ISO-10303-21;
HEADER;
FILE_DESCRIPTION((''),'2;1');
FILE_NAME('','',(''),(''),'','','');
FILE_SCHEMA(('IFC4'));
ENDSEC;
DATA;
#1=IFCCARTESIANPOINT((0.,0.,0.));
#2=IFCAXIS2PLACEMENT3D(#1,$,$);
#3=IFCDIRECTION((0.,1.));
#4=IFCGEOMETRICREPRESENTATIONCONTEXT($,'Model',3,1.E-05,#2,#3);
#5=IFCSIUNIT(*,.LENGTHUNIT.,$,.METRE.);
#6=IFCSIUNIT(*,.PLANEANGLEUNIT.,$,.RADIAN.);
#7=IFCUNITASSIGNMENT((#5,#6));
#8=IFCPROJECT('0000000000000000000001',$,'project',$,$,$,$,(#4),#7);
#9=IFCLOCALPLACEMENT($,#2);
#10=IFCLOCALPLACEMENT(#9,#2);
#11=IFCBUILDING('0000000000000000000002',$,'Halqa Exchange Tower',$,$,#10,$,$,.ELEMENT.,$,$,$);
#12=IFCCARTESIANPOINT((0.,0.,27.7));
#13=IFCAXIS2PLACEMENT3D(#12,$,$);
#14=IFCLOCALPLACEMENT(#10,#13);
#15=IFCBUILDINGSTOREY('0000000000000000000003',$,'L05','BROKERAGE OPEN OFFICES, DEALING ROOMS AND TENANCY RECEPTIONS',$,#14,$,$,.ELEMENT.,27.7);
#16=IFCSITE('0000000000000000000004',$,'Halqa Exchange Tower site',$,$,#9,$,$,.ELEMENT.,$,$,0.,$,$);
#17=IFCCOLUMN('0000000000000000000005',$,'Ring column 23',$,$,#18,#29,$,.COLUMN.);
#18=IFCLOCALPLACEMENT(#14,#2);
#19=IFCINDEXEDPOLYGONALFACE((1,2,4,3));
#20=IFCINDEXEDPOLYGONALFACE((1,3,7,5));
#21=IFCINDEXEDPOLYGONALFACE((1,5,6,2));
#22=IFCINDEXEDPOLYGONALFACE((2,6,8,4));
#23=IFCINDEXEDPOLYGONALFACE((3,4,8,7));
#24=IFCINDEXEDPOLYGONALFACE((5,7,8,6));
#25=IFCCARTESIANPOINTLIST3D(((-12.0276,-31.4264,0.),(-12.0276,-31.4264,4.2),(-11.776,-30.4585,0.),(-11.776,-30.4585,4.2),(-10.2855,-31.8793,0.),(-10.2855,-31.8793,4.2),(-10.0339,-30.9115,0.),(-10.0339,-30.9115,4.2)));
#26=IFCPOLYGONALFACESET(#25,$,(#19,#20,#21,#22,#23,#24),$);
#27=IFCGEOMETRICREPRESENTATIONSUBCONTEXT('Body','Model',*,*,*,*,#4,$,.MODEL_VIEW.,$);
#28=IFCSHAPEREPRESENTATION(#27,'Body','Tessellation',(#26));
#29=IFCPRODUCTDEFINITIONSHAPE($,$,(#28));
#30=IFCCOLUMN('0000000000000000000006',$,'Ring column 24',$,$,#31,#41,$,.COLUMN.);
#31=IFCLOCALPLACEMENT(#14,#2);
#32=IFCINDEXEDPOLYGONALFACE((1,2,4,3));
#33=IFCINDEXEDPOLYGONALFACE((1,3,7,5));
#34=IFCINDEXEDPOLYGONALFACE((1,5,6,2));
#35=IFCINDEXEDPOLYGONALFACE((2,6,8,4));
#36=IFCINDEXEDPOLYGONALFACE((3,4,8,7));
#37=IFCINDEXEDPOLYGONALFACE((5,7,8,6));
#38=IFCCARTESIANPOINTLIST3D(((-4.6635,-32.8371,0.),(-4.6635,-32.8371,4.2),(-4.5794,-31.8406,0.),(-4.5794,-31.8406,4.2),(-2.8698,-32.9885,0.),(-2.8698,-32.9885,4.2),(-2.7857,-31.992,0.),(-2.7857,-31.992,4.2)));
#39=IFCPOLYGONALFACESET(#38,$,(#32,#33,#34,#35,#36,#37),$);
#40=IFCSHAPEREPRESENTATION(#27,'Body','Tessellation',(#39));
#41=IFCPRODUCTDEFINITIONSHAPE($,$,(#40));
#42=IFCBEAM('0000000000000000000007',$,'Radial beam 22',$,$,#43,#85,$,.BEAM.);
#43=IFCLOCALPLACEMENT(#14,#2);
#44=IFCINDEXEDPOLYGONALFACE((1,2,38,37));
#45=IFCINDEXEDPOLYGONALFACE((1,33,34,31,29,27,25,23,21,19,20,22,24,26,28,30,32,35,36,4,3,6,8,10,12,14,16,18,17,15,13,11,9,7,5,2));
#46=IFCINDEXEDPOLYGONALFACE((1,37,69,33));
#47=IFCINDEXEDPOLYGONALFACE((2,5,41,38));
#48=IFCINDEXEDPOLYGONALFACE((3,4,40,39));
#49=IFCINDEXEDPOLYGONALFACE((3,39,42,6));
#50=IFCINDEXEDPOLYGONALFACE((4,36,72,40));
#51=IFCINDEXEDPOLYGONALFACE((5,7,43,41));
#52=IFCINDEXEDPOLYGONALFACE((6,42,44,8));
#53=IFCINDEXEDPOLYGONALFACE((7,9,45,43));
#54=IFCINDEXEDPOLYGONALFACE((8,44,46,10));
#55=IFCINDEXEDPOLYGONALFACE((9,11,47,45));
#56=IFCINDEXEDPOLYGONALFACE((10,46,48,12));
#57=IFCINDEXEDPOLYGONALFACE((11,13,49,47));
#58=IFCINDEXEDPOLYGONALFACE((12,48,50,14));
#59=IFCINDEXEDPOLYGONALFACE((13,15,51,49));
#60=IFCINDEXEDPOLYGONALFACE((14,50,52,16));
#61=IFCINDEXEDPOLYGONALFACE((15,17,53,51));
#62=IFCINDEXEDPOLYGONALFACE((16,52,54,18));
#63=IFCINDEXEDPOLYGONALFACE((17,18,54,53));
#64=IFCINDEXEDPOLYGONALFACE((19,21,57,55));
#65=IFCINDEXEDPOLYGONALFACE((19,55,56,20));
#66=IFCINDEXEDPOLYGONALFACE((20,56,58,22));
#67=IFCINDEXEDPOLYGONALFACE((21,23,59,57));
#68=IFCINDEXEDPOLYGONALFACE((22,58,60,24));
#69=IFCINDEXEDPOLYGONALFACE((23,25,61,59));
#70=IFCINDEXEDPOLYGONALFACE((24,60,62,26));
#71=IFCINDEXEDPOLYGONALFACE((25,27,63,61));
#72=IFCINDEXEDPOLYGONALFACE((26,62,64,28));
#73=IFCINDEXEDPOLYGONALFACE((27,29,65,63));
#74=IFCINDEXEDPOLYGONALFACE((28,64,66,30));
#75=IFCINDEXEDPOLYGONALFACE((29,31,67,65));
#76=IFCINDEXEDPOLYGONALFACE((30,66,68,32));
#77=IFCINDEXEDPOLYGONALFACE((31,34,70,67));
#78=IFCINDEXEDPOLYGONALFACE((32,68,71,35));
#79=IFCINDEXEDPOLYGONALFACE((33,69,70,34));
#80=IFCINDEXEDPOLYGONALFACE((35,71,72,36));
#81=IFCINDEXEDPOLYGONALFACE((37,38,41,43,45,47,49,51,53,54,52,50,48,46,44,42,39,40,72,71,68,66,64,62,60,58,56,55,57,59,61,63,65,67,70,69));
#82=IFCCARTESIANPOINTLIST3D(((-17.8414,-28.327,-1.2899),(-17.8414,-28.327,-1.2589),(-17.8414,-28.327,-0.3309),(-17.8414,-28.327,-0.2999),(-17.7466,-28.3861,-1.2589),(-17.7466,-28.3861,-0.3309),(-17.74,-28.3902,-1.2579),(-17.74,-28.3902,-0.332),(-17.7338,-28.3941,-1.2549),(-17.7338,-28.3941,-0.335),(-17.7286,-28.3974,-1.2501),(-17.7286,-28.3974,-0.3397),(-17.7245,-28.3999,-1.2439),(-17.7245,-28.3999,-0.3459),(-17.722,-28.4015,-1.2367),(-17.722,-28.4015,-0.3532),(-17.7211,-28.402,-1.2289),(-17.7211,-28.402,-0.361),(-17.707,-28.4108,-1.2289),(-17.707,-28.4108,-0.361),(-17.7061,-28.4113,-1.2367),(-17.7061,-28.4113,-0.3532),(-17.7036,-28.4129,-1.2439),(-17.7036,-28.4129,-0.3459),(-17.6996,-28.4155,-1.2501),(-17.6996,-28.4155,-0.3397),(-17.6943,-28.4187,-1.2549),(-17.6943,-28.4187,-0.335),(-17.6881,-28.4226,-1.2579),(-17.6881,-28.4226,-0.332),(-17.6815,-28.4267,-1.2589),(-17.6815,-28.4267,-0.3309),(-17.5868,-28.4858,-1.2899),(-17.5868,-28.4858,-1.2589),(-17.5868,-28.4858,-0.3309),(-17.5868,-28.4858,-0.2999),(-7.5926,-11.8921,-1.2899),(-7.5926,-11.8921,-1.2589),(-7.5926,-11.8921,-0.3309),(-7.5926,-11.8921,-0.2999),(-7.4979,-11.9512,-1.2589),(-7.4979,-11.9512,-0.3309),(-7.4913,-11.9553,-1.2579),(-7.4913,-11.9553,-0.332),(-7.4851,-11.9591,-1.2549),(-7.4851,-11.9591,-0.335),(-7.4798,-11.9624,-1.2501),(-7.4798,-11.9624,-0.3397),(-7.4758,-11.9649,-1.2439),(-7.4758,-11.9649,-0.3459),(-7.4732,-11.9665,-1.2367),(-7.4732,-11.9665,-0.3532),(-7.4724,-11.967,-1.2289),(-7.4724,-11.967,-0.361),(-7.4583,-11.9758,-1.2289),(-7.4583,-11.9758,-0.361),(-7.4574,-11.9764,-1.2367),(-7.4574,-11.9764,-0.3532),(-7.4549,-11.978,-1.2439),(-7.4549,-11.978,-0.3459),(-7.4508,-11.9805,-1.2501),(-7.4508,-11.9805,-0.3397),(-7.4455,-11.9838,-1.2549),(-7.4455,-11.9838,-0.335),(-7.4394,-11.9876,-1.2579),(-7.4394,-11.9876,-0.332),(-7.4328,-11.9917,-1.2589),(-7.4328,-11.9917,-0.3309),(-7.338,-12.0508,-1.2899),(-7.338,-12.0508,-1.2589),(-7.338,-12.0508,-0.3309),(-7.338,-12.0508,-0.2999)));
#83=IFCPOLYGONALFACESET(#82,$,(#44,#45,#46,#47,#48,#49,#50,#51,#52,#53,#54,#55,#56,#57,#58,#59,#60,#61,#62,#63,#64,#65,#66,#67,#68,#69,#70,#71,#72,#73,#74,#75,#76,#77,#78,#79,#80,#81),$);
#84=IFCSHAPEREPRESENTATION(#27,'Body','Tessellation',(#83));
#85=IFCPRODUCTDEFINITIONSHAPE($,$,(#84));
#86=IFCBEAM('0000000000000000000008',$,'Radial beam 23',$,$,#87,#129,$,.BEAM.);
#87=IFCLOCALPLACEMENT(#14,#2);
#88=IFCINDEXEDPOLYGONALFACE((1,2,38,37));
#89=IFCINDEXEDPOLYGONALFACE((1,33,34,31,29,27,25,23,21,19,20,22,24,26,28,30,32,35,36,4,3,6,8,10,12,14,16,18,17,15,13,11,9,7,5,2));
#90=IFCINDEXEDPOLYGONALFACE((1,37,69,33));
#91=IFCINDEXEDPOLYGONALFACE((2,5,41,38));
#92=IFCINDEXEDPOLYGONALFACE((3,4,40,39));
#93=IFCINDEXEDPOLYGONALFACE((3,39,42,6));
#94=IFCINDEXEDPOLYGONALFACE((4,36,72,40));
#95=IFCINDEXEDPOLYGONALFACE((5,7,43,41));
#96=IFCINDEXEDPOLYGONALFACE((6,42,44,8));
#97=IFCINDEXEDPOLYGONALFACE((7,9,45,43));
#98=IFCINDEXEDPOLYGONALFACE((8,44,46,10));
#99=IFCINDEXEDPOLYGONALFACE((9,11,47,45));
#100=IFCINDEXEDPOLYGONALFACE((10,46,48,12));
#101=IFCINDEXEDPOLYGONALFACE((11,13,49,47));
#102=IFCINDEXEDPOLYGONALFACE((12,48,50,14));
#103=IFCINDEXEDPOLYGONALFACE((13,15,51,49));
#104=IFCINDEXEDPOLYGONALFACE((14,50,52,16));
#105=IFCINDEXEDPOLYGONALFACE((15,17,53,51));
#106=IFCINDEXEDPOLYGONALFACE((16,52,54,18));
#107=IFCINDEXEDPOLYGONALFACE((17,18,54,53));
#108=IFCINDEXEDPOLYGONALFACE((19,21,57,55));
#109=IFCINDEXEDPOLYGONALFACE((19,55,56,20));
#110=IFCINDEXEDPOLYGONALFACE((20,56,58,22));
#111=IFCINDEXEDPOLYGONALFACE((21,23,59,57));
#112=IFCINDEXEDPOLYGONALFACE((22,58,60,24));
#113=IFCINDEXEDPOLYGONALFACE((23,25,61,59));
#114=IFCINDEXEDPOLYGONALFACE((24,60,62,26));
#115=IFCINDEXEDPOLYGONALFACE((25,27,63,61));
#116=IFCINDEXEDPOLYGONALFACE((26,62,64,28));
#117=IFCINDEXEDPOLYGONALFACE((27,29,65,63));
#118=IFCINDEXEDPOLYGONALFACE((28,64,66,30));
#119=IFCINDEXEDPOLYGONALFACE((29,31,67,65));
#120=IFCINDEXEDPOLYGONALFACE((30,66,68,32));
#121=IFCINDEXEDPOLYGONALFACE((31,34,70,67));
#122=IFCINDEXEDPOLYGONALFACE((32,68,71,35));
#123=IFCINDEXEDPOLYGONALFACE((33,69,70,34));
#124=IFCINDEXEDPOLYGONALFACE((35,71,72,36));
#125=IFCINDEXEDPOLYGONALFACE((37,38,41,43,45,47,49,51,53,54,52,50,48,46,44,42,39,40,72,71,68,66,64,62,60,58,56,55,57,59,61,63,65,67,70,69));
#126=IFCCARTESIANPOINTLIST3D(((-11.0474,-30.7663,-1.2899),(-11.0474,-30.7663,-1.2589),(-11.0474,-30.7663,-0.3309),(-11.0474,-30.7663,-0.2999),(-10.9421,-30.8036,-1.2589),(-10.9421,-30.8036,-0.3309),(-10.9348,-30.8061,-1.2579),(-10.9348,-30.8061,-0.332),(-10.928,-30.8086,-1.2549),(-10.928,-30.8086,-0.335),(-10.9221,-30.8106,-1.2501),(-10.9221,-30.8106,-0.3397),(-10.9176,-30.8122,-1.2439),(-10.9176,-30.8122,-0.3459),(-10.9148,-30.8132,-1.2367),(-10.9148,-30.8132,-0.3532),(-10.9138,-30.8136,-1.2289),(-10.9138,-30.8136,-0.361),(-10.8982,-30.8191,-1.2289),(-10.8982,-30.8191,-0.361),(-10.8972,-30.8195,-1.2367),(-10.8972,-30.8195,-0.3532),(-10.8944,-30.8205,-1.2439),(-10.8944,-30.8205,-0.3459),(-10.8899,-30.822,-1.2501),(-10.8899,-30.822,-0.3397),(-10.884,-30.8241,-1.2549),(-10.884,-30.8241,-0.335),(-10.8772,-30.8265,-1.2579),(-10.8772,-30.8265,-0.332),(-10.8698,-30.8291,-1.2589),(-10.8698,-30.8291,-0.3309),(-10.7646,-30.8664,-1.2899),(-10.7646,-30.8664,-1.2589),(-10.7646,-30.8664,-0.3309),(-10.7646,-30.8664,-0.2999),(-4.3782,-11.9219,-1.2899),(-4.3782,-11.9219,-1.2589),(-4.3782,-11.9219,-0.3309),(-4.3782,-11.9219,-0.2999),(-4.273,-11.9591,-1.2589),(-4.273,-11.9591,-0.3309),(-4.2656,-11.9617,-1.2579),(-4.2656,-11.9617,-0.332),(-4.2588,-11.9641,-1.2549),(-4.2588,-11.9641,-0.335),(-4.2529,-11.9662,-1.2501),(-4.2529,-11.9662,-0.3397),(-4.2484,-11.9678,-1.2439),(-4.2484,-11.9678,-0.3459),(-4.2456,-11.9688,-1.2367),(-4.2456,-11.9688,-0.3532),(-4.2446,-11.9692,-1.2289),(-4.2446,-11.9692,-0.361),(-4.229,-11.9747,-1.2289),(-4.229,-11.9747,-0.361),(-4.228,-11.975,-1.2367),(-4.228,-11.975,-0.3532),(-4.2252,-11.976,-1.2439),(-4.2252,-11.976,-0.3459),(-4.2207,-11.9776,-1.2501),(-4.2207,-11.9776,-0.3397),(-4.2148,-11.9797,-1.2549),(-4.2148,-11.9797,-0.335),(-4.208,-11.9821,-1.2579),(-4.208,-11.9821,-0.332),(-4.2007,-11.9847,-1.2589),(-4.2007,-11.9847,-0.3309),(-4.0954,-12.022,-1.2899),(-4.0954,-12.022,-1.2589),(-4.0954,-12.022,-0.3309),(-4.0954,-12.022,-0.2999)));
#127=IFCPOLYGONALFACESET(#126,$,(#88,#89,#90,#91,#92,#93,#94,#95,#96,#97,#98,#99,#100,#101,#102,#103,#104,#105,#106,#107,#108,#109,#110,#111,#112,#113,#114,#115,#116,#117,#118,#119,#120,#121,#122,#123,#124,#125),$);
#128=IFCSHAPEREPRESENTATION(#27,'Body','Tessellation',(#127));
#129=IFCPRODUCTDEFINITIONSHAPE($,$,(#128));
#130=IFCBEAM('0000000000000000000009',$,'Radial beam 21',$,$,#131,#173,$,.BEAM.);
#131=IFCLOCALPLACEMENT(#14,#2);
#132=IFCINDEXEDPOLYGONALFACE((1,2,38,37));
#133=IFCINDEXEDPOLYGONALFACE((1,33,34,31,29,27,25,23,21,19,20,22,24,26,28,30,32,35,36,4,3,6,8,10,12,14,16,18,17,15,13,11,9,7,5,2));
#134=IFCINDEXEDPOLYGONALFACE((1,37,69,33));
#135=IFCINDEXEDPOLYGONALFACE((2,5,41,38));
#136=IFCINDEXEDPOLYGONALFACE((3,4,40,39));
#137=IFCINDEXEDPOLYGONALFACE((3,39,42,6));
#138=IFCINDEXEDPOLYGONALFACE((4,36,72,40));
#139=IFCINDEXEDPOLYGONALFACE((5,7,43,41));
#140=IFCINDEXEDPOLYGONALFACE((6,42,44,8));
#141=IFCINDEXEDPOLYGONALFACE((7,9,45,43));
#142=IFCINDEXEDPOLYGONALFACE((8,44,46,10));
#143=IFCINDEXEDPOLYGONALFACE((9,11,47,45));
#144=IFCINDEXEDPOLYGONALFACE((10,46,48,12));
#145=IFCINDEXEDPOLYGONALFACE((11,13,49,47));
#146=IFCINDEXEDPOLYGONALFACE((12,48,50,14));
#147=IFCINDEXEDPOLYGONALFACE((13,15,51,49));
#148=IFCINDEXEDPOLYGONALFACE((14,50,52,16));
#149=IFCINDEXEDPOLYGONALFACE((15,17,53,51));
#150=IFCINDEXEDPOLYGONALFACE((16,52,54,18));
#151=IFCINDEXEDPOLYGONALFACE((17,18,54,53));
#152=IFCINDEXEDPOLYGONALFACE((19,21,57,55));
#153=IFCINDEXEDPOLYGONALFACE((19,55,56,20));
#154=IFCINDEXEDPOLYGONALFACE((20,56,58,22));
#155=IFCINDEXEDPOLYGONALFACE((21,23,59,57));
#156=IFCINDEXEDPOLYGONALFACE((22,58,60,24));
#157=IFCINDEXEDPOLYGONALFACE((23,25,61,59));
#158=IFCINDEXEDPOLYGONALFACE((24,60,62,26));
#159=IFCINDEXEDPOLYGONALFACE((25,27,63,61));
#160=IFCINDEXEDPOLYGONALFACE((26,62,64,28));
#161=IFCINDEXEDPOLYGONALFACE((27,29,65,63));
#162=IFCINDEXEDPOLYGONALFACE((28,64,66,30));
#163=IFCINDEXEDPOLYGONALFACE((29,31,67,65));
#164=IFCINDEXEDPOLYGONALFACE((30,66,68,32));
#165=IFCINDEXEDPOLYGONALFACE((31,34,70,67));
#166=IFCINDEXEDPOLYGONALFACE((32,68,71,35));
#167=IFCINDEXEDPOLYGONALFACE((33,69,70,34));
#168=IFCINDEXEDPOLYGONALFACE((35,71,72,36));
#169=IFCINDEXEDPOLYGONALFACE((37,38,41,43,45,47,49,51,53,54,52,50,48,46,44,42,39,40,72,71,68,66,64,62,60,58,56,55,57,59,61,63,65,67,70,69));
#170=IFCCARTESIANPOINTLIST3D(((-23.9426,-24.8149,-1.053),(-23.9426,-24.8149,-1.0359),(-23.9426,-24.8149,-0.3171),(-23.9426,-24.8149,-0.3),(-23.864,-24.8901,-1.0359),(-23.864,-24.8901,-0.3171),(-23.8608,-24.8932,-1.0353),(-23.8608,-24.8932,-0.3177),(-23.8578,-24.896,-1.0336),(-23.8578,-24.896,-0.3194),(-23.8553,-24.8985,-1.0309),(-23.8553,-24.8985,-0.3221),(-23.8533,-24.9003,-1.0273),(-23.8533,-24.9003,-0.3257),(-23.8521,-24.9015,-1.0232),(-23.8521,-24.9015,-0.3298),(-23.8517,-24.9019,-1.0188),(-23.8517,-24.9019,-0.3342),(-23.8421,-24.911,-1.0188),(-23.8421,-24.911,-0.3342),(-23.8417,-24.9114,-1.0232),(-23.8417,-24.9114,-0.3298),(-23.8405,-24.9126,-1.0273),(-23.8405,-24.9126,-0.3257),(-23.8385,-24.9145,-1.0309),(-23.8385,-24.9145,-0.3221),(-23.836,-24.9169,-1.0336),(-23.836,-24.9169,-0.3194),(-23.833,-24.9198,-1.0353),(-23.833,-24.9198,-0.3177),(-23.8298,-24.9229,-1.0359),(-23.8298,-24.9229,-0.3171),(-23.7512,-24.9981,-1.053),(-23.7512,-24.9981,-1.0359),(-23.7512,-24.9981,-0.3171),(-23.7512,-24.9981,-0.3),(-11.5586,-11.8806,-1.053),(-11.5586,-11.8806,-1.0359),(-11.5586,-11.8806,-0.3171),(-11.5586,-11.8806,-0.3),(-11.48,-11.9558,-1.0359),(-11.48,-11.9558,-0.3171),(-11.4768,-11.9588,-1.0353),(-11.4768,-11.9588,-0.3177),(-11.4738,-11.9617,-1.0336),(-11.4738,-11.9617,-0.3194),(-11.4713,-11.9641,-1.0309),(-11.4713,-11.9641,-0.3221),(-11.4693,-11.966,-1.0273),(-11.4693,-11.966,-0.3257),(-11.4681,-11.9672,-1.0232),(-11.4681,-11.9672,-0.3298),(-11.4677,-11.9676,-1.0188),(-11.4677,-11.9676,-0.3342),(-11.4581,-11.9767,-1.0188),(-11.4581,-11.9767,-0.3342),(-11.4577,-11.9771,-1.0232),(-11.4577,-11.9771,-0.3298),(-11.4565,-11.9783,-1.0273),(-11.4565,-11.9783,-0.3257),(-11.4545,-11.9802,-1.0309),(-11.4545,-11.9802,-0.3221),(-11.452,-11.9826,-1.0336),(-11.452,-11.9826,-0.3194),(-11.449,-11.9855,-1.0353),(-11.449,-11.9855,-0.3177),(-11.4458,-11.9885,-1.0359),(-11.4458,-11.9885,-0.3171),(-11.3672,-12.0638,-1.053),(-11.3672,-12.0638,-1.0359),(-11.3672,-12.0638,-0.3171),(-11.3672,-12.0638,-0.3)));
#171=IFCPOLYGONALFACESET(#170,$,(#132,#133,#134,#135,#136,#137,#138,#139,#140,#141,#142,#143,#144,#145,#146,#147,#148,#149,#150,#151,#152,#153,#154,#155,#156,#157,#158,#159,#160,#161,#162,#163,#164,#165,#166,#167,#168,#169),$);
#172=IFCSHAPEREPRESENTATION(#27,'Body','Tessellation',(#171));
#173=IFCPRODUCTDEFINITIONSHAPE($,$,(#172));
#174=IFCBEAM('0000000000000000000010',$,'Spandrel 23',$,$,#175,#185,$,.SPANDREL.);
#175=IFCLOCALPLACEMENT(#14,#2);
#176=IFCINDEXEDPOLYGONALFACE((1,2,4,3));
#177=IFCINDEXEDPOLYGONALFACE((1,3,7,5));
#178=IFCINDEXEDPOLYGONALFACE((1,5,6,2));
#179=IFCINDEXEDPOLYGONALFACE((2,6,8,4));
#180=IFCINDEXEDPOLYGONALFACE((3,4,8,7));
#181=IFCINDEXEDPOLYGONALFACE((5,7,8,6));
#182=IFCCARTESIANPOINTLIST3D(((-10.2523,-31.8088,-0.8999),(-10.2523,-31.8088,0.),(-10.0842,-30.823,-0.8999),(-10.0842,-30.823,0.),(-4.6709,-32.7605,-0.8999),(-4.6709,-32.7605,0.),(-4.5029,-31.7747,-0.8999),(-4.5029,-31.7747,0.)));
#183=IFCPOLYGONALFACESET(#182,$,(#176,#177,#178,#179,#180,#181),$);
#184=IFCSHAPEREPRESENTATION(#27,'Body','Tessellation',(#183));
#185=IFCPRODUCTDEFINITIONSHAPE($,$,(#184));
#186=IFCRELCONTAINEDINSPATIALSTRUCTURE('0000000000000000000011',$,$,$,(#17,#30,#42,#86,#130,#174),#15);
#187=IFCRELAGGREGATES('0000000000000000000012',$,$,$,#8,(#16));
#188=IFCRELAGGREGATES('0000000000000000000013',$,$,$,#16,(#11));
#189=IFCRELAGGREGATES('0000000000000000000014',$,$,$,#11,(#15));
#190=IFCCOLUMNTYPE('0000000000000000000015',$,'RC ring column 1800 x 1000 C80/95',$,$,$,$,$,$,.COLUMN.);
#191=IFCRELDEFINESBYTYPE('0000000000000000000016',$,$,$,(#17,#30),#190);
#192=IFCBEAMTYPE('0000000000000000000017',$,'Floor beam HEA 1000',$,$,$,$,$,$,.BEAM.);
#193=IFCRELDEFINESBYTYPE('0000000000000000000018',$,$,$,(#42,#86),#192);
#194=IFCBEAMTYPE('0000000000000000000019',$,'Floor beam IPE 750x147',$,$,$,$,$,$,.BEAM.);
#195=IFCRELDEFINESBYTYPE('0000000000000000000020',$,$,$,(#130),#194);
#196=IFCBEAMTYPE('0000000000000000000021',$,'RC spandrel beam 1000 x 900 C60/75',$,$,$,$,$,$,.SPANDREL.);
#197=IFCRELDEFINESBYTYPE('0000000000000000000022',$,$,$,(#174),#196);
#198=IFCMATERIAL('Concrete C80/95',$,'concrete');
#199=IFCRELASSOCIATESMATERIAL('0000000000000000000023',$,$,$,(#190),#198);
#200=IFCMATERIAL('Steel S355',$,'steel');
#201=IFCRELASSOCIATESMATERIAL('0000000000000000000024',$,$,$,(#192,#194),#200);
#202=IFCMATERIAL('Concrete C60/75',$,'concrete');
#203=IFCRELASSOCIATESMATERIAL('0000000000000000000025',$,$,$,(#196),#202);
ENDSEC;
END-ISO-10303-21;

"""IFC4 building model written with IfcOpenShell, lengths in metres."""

from ifc_helpers import new_model, si_unit, direction, frame, origin, origin_2d, place, context, subcontext, project, spatial, rectangle, i_section, extrude, material, material_profile, profile_set, type_object, element, save


model = new_model("IFC4")

# Units and contexts
model_context = context("Model", 3, precision=1e-05, world=origin(), true_north=direction((0.0, 1.0)))
body_context = subcontext(model_context, "Body", "Model", "MODEL_VIEW")
ifc_project = project(units=[si_unit("LENGTHUNIT", "METRE"), si_unit("PLANEANGLEUNIT", "RADIAN")], contexts=[model_context])

# Site, building, storey
site_placement = place(None, origin())
site = spatial("IfcSite", under=ifc_project, at=site_placement, Name="Halqa Exchange Tower site", CompositionType="ELEMENT", RefElevation=0.0)
building_placement = place(site_placement, origin())
building = spatial("IfcBuilding", under=site, at=building_placement, Name="Halqa Exchange Tower", CompositionType="ELEMENT")
storey_placement = place(building_placement, frame((0.0, 0.0, 27.7)))
storey = spatial("IfcBuildingStorey", under=building, at=storey_placement, Name="L05", Description="BROKERAGE OPEN OFFICES, DEALING ROOMS AND TENANCY RECEPTIONS", CompositionType="ELEMENT", Elevation=27.7)

# Columns
ifc_material_1 = material(Name="Concrete C80/95", Category="concrete")
ifc_material_profile_1 = material_profile(ifc_material_1, rectangle(XDim=1.8, YDim=1.0, at=origin_2d()), Name="1800 x 1000")
ifc_profile_set_1 = profile_set([ifc_material_profile_1], Name="Concrete C80/95")
column_type = type_object("IfcColumnType", Name="RC ring column 1800 x 1000 C80/95", PredefinedType="COLUMN", material=ifc_profile_set_1)
for number, where, z_axis, x_axis, name in (
    (1, (-11.0308, -31.1689, 0.0), (0.0, 0.0, 1.0), (0.967819, -0.251647, 0.0), "Ring column 23"),
    (2, (-3.7246, -32.4146, 0.0), (0.0, 0.0, 1.0), (0.996455, -0.084123, 0.0), "Ring column 24"),
):
    element("IfcColumn", number, at=place(storey_placement, frame(where, z_axis=z_axis, x_axis=x_axis)), inside=storey, type_object=column_type, Name=name, PredefinedType="COLUMN", context=body_context, shape_type="SweptSolid", body=[
        extrude(rectangle(XDim=1.8, YDim=1.0, at=origin_2d()), origin(), (0.0, 0.0, 1.0), 4.2),
    ])

# Beams
ifc_material_2 = material(Name="Steel S355", Category="steel")
ifc_material_profile_2 = material_profile(ifc_material_2, i_section(OverallWidth=0.3, OverallDepth=0.99, WebThickness=0.0166, FlangeThickness=0.031, FilletRadius=0.03, at=origin_2d()), Name="HEA 1000")
ifc_profile_set_2 = profile_set([ifc_material_profile_2], Name="Steel S355")
beam_type_1 = type_object("IfcBeamType", Name="Floor beam HEA 1000", PredefinedType="BEAM", material=ifc_profile_set_2)
beam_1_placement = place(storey_placement, frame((-7.4653, -11.9714, -0.7949), z_axis=(-0.52914, -0.848535, 0.0), x_axis=(0.848535, -0.52914, 0.0)))
element("IfcBeam", 3, at=beam_1_placement, inside=storey, type_object=beam_type_1, Name="Radial beam 22", PredefinedType="BEAM", context=body_context, shape_type="SweptSolid", body=[
    extrude(i_section(OverallWidth=0.3, OverallDepth=0.99, WebThickness=0.0166, FlangeThickness=0.031, FilletRadius=0.03, at=origin_2d()), origin(), (0.0, 0.0, 1.0), 19.3687),
])
beam_2_placement = place(storey_placement, frame((-4.2368, -11.9719, -0.7949), z_axis=(-0.333629, -0.942704, 0.0), x_axis=(0.942704, -0.333629, 0.0)))
element("IfcBeam", 4, at=beam_2_placement, inside=storey, type_object=beam_type_1, Name="Radial beam 23", PredefinedType="BEAM", context=body_context, shape_type="SweptSolid", body=[
    extrude(i_section(OverallWidth=0.3, OverallDepth=0.99, WebThickness=0.0166, FlangeThickness=0.031, FilletRadius=0.03, at=origin_2d()), origin(), (0.0, 0.0, 1.0), 19.9897),
])
ifc_material_profile_3 = material_profile(ifc_material_2, i_section(OverallWidth=0.2649, OverallDepth=0.7529, WebThickness=0.0132, FlangeThickness=0.0171, FilletRadius=0.0171, at=origin_2d()), Name="IPE 750x147")
ifc_profile_set_3 = profile_set([ifc_material_profile_3], Name="Steel S355")
beam_type_2 = type_object("IfcBeamType", Name="Floor beam IPE 750x147", PredefinedType="BEAM", material=ifc_profile_set_3)
beam_3_placement = place(storey_placement, frame((-11.4629, -11.9722, -0.6765), z_axis=(-0.691575, -0.722305, 0.0), x_axis=(0.722305, -0.691575, 0.0)))
element("IfcBeam", 5, at=beam_3_placement, inside=storey, type_object=beam_type_2, Name="Radial beam 21", PredefinedType="BEAM", context=body_context, shape_type="SweptSolid", body=[
    extrude(i_section(OverallWidth=0.2649, OverallDepth=0.7529, WebThickness=0.0132, FlangeThickness=0.0171, FilletRadius=0.0171, at=origin_2d()), origin(), (0.0, 0.0, 1.0), 17.907),
])
ifc_material_3 = material(Name="Concrete C60/75", Category="concrete")
ifc_material_profile_4 = material_profile(ifc_material_3, rectangle(XDim=1.0, YDim=0.8999, at=origin_2d()), Name="1000 x 900")
ifc_profile_set_4 = profile_set([ifc_material_profile_4], Name="Concrete C60/75")
beam_type_3 = type_object("IfcBeamType", Name="RC spandrel beam 1000 x 900 C60/75", PredefinedType="SPANDREL", material=ifc_profile_set_4)
beam_4_placement = place(storey_placement, frame((-10.1682, -31.3159, -0.45), z_axis=(0.985773, -0.168083, 0.0), x_axis=(0.168083, 0.985773, 0.0)))
element("IfcBeam", 6, at=beam_4_placement, inside=storey, type_object=beam_type_3, Name="Spandrel 23", PredefinedType="SPANDREL", context=body_context, shape_type="SweptSolid", body=[
    extrude(rectangle(XDim=1.0, YDim=0.8999, at=origin_2d()), origin(), (0.0, 0.0, 1.0), 5.6619),
])

save(model, "model.ifc")
